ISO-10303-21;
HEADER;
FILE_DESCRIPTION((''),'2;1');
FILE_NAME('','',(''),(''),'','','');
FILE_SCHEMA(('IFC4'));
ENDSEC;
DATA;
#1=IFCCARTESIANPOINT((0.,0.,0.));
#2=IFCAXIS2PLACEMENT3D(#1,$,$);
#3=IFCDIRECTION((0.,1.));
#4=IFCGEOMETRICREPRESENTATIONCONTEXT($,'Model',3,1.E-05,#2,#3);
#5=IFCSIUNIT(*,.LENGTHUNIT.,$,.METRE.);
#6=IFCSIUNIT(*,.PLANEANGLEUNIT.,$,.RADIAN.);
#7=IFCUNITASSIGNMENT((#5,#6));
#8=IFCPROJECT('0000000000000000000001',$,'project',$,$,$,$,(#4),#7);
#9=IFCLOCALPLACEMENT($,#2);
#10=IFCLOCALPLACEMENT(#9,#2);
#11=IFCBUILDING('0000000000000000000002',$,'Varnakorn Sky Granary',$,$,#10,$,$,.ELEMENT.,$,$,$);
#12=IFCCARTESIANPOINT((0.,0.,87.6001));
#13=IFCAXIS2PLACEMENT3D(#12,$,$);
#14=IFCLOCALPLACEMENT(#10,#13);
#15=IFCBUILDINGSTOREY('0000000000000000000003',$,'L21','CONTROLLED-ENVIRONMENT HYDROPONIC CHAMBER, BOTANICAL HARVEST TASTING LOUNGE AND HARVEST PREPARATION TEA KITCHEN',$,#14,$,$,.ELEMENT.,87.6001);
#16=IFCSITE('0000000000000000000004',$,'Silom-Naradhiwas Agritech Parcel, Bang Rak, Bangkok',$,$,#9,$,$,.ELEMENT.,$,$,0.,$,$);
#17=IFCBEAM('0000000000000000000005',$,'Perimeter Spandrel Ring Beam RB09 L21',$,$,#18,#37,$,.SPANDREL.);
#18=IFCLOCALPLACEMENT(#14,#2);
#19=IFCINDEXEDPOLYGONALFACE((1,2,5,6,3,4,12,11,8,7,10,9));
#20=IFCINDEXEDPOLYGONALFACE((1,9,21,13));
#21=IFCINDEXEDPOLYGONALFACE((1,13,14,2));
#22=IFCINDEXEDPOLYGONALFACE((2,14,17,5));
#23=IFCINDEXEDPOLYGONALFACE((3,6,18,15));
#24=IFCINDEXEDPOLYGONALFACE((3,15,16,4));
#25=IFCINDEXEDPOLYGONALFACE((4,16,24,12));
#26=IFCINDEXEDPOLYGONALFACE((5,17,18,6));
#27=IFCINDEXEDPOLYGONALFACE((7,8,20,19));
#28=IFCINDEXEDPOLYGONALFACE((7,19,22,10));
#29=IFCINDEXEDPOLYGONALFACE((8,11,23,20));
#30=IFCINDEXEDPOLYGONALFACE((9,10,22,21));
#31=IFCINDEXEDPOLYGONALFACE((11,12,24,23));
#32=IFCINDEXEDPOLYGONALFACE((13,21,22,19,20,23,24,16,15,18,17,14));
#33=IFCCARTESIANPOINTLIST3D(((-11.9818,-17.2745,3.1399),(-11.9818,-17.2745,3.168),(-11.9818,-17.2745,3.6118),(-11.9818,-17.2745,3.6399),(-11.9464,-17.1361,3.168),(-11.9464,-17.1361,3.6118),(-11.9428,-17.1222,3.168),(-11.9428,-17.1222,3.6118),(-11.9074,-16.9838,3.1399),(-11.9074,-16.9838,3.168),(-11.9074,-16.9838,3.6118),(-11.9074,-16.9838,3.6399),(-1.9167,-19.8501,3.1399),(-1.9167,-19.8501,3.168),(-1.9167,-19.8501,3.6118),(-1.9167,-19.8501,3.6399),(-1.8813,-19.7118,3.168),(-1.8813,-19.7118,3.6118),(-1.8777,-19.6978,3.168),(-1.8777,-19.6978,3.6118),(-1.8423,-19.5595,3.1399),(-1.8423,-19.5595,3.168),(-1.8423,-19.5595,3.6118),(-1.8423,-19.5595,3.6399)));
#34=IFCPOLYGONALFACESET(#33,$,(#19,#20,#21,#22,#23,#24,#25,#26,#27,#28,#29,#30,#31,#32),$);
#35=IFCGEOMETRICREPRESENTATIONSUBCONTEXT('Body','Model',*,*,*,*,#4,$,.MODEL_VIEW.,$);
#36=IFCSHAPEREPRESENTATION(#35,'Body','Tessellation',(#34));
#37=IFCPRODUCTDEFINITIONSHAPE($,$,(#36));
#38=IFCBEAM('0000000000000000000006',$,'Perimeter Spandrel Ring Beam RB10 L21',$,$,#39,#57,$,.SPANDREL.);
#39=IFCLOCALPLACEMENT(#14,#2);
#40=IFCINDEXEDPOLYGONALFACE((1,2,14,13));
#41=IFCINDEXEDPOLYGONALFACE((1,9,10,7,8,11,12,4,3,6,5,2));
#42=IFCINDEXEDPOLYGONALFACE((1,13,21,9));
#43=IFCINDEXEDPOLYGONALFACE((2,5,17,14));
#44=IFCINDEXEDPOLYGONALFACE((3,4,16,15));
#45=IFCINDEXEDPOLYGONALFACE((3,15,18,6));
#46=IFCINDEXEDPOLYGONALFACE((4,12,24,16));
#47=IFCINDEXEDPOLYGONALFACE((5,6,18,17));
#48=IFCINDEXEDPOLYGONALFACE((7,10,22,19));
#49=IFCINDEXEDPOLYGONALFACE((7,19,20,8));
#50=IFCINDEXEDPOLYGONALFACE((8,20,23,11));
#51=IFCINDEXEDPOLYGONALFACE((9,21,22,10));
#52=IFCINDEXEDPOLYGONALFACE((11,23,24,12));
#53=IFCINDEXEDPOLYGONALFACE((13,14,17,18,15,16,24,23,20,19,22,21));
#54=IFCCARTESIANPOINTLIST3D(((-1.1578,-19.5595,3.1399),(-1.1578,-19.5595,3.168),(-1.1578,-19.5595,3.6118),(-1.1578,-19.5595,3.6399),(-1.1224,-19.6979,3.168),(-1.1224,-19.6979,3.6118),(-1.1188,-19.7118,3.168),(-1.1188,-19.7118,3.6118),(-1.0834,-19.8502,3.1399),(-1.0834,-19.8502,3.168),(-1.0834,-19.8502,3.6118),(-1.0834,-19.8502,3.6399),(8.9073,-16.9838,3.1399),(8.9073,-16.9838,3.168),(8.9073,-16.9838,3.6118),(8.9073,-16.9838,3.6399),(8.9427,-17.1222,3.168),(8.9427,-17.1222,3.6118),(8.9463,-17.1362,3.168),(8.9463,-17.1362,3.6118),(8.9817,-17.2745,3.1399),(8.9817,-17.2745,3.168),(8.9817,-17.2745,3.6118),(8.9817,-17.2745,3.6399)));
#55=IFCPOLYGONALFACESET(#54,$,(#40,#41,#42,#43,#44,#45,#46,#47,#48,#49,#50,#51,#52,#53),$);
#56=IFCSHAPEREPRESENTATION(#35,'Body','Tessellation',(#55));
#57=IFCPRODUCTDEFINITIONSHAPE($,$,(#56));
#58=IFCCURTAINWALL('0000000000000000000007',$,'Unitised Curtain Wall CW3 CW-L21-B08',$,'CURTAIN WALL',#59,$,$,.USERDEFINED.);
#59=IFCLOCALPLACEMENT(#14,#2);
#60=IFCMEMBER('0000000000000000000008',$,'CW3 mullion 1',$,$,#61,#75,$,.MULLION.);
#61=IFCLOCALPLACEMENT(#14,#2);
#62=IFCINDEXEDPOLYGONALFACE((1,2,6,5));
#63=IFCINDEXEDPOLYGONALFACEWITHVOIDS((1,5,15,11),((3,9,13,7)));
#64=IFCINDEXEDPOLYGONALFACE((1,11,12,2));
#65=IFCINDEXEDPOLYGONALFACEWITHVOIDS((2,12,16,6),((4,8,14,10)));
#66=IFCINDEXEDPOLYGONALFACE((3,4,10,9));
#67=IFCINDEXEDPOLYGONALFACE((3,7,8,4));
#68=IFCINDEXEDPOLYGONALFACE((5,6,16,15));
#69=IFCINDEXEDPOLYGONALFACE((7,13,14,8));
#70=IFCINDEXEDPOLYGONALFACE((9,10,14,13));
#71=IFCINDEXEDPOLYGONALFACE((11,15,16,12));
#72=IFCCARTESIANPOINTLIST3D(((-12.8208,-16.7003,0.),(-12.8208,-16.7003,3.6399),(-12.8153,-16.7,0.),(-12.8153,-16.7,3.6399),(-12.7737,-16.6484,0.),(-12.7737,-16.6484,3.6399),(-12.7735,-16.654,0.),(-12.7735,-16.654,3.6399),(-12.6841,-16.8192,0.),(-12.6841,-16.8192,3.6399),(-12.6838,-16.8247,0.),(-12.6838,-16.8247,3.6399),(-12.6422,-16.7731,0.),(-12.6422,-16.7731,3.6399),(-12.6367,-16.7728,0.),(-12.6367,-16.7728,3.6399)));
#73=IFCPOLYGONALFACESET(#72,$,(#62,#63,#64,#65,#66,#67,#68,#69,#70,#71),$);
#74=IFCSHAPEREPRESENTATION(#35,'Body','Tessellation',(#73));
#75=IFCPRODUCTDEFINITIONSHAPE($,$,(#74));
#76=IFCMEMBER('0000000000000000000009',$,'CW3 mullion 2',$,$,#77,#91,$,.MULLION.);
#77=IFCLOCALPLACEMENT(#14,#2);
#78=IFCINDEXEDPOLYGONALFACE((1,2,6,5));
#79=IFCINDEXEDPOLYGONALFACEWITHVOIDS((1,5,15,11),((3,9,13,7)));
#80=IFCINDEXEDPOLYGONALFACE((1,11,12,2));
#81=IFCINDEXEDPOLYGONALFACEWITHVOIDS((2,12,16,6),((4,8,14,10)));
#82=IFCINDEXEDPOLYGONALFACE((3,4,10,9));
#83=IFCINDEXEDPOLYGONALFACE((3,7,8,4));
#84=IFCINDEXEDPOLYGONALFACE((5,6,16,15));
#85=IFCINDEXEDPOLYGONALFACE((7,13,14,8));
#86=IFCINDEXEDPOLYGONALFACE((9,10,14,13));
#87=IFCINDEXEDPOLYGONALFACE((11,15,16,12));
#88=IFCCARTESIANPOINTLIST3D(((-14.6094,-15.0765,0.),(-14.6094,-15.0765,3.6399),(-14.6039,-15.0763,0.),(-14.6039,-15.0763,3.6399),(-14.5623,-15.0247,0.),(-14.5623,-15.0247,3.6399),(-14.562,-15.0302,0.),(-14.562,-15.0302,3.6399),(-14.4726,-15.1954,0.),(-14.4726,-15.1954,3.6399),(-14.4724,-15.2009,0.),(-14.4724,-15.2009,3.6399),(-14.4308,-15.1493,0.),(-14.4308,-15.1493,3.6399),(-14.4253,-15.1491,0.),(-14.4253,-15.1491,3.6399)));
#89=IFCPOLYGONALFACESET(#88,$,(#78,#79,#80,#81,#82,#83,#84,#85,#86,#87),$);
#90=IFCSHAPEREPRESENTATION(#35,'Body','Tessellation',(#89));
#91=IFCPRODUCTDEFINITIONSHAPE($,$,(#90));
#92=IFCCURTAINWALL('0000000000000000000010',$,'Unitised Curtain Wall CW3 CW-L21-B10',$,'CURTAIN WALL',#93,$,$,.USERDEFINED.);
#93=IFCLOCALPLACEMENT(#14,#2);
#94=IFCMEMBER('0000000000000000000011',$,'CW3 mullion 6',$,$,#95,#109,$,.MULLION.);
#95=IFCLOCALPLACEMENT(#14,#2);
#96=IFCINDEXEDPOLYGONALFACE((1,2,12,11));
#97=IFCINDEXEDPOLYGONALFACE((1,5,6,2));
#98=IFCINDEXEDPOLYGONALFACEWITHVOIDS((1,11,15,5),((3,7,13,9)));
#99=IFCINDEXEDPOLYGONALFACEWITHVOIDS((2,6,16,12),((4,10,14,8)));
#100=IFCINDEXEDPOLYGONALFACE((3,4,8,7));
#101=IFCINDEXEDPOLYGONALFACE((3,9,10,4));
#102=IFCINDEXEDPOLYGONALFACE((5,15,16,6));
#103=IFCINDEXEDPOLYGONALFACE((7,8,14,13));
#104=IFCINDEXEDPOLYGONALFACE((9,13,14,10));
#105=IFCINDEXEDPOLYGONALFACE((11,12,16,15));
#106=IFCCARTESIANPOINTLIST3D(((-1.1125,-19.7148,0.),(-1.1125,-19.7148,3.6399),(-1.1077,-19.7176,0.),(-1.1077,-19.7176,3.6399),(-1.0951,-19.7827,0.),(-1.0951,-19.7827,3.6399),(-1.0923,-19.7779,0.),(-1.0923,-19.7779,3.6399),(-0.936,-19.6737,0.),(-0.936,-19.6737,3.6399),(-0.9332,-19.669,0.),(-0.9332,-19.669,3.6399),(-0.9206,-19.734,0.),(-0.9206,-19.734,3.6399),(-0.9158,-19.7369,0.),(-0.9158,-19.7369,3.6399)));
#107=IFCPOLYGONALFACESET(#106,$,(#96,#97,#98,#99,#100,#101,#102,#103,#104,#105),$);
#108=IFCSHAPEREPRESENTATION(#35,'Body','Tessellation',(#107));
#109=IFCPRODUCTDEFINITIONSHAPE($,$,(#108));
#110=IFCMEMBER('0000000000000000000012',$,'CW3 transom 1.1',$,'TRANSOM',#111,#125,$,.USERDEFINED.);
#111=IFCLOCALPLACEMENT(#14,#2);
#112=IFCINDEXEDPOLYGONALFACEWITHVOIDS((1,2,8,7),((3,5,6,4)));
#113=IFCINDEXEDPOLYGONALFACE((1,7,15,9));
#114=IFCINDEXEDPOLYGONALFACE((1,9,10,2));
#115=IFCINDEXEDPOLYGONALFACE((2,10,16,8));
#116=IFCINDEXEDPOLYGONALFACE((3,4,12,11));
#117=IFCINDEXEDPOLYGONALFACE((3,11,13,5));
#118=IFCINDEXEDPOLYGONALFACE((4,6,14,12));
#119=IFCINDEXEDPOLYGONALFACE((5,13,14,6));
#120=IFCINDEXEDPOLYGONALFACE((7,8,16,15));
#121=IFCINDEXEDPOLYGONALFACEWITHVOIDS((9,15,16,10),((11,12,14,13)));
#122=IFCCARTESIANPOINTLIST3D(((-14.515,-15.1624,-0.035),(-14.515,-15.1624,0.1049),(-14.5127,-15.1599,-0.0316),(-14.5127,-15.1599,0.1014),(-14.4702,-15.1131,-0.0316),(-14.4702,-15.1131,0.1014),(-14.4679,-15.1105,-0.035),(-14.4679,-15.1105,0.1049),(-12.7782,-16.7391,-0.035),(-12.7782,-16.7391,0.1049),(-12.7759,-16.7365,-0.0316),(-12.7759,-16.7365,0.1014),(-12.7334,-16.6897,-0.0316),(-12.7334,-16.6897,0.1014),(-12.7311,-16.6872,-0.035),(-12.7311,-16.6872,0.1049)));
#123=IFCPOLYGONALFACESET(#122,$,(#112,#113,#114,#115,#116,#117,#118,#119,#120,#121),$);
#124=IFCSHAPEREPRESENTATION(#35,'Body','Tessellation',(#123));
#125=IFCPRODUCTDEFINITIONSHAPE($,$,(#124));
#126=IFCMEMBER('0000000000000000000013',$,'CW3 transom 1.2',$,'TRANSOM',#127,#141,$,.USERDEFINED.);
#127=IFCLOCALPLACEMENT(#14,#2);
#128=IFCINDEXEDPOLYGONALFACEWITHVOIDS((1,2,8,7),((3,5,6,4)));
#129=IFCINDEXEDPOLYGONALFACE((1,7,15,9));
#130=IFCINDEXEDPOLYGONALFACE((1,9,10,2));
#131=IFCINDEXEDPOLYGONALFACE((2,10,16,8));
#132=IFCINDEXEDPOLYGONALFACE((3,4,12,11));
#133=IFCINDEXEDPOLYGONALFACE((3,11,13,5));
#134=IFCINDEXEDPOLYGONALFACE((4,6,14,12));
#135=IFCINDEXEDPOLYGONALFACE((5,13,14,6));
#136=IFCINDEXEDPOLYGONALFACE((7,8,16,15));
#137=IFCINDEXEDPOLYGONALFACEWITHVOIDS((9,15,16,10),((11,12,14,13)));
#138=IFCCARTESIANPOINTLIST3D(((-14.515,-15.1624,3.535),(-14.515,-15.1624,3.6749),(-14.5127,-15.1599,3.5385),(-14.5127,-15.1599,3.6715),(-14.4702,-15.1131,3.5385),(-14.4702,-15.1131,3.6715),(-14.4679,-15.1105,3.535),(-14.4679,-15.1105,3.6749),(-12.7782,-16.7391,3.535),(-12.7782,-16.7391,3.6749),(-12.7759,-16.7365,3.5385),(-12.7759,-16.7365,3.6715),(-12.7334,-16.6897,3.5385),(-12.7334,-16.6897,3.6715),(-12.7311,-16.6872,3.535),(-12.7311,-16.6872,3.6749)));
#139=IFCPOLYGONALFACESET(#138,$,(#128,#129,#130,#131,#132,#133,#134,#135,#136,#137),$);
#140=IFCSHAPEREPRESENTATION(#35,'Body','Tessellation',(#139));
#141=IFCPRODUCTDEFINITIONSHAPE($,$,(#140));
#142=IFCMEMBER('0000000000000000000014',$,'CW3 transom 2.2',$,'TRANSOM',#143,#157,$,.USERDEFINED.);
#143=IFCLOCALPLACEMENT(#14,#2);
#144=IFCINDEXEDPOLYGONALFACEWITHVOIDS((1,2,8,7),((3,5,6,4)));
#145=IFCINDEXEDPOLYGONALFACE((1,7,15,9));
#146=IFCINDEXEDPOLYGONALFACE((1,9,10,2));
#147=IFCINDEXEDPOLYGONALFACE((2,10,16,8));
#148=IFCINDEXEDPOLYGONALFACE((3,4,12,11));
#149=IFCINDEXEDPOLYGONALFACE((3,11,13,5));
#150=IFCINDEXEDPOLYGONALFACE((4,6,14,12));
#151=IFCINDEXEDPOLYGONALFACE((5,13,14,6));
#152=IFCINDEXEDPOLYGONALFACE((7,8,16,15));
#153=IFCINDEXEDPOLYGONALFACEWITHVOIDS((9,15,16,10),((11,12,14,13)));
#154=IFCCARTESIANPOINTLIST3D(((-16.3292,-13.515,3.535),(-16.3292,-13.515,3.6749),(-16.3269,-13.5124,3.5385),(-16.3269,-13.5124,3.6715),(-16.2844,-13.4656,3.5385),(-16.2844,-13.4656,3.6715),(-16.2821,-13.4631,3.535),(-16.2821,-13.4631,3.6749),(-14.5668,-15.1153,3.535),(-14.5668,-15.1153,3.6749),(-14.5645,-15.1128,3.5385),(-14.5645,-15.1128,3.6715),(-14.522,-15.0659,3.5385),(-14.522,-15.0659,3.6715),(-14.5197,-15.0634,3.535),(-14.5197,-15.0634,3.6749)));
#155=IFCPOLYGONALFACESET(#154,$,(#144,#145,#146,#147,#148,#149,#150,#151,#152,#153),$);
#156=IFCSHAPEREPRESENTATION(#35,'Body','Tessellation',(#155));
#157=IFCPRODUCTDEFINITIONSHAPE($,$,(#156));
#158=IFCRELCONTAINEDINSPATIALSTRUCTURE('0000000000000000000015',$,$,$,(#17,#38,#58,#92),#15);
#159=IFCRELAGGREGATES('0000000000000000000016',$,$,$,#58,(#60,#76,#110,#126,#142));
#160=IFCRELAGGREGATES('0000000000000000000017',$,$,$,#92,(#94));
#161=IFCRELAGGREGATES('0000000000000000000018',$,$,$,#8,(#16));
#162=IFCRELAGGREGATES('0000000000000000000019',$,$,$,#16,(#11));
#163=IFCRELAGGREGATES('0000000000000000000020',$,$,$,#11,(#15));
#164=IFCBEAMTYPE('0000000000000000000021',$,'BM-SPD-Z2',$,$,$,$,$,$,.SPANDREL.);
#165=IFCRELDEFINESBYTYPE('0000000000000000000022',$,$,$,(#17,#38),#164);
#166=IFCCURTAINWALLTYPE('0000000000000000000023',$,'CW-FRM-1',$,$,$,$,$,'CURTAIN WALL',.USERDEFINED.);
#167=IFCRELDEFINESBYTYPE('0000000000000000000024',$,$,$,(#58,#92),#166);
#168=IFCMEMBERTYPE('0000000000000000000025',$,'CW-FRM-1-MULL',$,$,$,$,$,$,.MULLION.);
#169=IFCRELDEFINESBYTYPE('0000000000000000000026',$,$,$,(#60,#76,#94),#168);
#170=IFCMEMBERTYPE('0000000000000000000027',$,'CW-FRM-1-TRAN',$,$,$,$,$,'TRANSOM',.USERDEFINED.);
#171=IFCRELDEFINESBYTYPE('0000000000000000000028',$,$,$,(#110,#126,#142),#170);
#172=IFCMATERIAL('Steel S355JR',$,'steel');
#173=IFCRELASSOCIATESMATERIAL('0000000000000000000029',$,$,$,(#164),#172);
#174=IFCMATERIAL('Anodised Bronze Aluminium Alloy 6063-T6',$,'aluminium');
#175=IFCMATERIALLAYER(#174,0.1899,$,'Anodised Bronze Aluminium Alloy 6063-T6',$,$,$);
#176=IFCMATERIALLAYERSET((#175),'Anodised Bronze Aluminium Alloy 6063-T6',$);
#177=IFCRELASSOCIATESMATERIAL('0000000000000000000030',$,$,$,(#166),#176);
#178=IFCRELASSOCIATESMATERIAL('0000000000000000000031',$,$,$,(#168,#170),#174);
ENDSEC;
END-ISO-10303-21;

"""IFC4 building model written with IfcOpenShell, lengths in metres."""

from ifc_helpers import new_model, si_unit, direction, frame, origin, origin_2d, place, context, subcontext, project, spatial, hollow_rectangle, i_section, extrude, material, layer, layer_set, material_profile, profile_set, type_object, element, aggregate, save


model = new_model("IFC4")

# Units and contexts
model_context = context("Model", 3, precision=1e-05, world=origin(), true_north=direction((0.0, 1.0)))
body_context = subcontext(model_context, "Body", "Model", "MODEL_VIEW")
ifc_project = project(units=[si_unit("LENGTHUNIT", "METRE"), si_unit("PLANEANGLEUNIT", "RADIAN")], contexts=[model_context])

# Site, building, storey
site_placement = place(None, origin())
site = spatial("IfcSite", under=ifc_project, at=site_placement, Name="Silom-Naradhiwas Agritech Parcel, Bang Rak, Bangkok", CompositionType="ELEMENT", RefElevation=0.0)
building_placement = place(site_placement, origin())
building = spatial("IfcBuilding", under=site, at=building_placement, Name="Varnakorn Sky Granary", CompositionType="ELEMENT")
storey_placement = place(building_placement, frame((0.0, 0.0, 87.6001)))
storey = spatial("IfcBuildingStorey", under=building, at=storey_placement, Name="L21", Description="CONTROLLED-ENVIRONMENT HYDROPONIC CHAMBER, BOTANICAL HARVEST TASTING LOUNGE AND HARVEST PREPARATION TEA KITCHEN", CompositionType="ELEMENT", Elevation=87.6001)

# Beams
ifc_material_1 = material(Name="Steel S355JR", Category="steel")
ifc_material_profile_1 = material_profile(ifc_material_1, i_section(OverallWidth=0.3, OverallDepth=0.5, WebThickness=0.0144, FlangeThickness=0.0281, at=origin_2d()), Name="HE 500 B")
ifc_profile_set_1 = profile_set([ifc_material_profile_1], Name="Steel S355JR")
beam_type_1 = type_object("IfcBeamType", Name="BM-SPD-Z2", PredefinedType="SPANDREL", material=ifc_profile_set_1)
for number, where, z_axis, x_axis, name in (
    (1, (-11.9446, -17.1292, 3.3899), (0.968783, -0.247912, 0.0), (0.247912, 0.968783, 0.0), "Perimeter Spandrel Ring Beam RB09 L21"),
    (2, (-1.1206, -19.7048, 3.3899), (0.968783, 0.247912, 0.0), (-0.247912, 0.968783, 0.0), "Perimeter Spandrel Ring Beam RB10 L21"),
):
    element("IfcBeam", number, at=place(storey_placement, frame(where, z_axis=z_axis, x_axis=x_axis)), inside=storey, type_object=beam_type_1, Name=name, PredefinedType="SPANDREL", context=body_context, shape_type="SweptSolid", body=[
        extrude(i_section(OverallWidth=0.3, OverallDepth=0.5, WebThickness=0.0144, FlangeThickness=0.0281, at=origin_2d()), origin(), (0.0, 0.0, 1.0), 10.3894),
    ])

# Curtain wall, members
ifc_material_2 = material(Name="Anodised Bronze Aluminium Alloy 6063-T6", Category="aluminium")
ifc_layer_1 = layer(ifc_material_2, 0.1899, Name="Anodised Bronze Aluminium Alloy 6063-T6")
ifc_layer_set_1 = layer_set([ifc_layer_1], Name="Anodised Bronze Aluminium Alloy 6063-T6")
curtain_wall_type = type_object("IfcCurtainWallType", Name="CW-FRM-1", ElementType="CURTAIN WALL", PredefinedType="USERDEFINED", material=ifc_layer_set_1)
curtain_wall_1_placement = place(storey_placement, origin())
curtain_wall_1 = element("IfcCurtainWall", 3, at=curtain_wall_1_placement, inside=storey, type_object=curtain_wall_type, Name="Unitised Curtain Wall CW3 CW-L21-B08", ObjectType="CURTAIN WALL", PredefinedType="USERDEFINED")
ifc_material_profile_2 = material_profile(ifc_material_2, hollow_rectangle(XDim=0.0701, YDim=0.1851, WallThickness=0.0039, at=origin_2d()), Name="ALU MULL 70x185")
ifc_profile_set_2 = profile_set([ifc_material_profile_2], Name="Anodised Bronze Aluminium Alloy 6063-T6")
member_type_1 = type_object("IfcMemberType", Name="CW-FRM-1-MULL", PredefinedType="MULLION", material=ifc_profile_set_2)
member_1_placement = place(storey_placement, frame((-12.7288, -16.7366, 0.0), z_axis=(0.0, 0.0, 1.0), x_axis=(-0.67219, -0.740378, 0.0)))
member_1 = element("IfcMember", 4, at=member_1_placement, type_object=member_type_1, Name="CW3 mullion 1", PredefinedType="MULLION", context=body_context, shape_type="SweptSolid", body=[
    extrude(hollow_rectangle(XDim=0.0701, YDim=0.1851, WallThickness=0.0039, at=origin_2d()), origin(), (0.0, 0.0, 1.0), 3.6399),
])
member_2_placement = place(storey_placement, frame((-14.5173, -15.1128, 0.0), z_axis=(0.0, 0.0, 1.0), x_axis=(-0.67219, -0.740378, 0.0)))
member_2 = element("IfcMember", 5, at=member_2_placement, type_object=member_type_1, Name="CW3 mullion 2", PredefinedType="MULLION", context=body_context, shape_type="SweptSolid", body=[
    extrude(hollow_rectangle(XDim=0.0701, YDim=0.1851, WallThickness=0.0039, at=origin_2d()), origin(), (0.0, 0.0, 1.0), 3.6399),
])

# Curtain wall, member
curtain_wall_2_placement = place(storey_placement, origin())
curtain_wall_2 = element("IfcCurtainWall", 6, at=curtain_wall_2_placement, inside=storey, type_object=curtain_wall_type, Name="Unitised Curtain Wall CW3 CW-L21-B10", ObjectType="CURTAIN WALL", PredefinedType="USERDEFINED")
member_3_placement = place(storey_placement, frame((-1.0142, -19.7258, 0.0), z_axis=(0.0, 0.0, 1.0), x_axis=(0.247729, -0.968829, 0.0)))
member_3 = element("IfcMember", 7, at=member_3_placement, type_object=member_type_1, Name="CW3 mullion 6", PredefinedType="MULLION", context=body_context, shape_type="SweptSolid", body=[
    extrude(hollow_rectangle(XDim=0.0701, YDim=0.1851, WallThickness=0.0039, at=origin_2d()), origin(), (0.0, 0.0, 1.0), 3.6399),
])

# Members
ifc_material_profile_3 = material_profile(ifc_material_2, hollow_rectangle(XDim=0.0701, YDim=0.1399, WallThickness=0.0034, at=origin_2d()), Name="ALU TRAN 70x140")
ifc_profile_set_3 = profile_set([ifc_material_profile_3], Name="Anodised Bronze Aluminium Alloy 6063-T6")
member_type_2 = type_object("IfcMemberType", Name="CW-FRM-1-TRAN", ElementType="TRANSOM", PredefinedType="USERDEFINED", material=ifc_profile_set_3)
member_4_placement = place(storey_placement, frame((-12.7546, -16.7131, 0.0349), z_axis=(-0.74042, 0.672144, 0.0), x_axis=(-0.672144, -0.74042, 0.0)))
member_4 = element("IfcMember", 8, at=member_4_placement, type_object=member_type_2, Name="CW3 transom 1.1", ObjectType="TRANSOM", PredefinedType="USERDEFINED", context=body_context, shape_type="SweptSolid", body=[
    extrude(hollow_rectangle(XDim=0.0701, YDim=0.1399, WallThickness=0.0034, at=origin_2d()), origin(), (0.0, 0.0, 1.0), 2.3457),
])
member_5_placement = place(storey_placement, frame((-12.7546, -16.7131, 3.605), z_axis=(-0.74042, 0.672144, 0.0), x_axis=(-0.672144, -0.74042, 0.0)))
member_5 = element("IfcMember", 9, at=member_5_placement, type_object=member_type_2, Name="CW3 transom 1.2", ObjectType="TRANSOM", PredefinedType="USERDEFINED", context=body_context, shape_type="SweptSolid", body=[
    extrude(hollow_rectangle(XDim=0.0701, YDim=0.1399, WallThickness=0.0034, at=origin_2d()), origin(), (0.0, 0.0, 1.0), 2.3457),
])
member_6_placement = place(storey_placement, frame((-14.5432, -15.0894, 3.605), z_axis=(-0.740334, 0.672239, 0.0), x_axis=(-0.672239, -0.740334, 0.0)))
member_6 = element("IfcMember", 10, at=member_6_placement, type_object=member_type_2, Name="CW3 transom 2.2", ObjectType="TRANSOM", PredefinedType="USERDEFINED", context=body_context, shape_type="SweptSolid", body=[
    extrude(hollow_rectangle(XDim=0.0701, YDim=0.1399, WallThickness=0.0034, at=origin_2d()), origin(), (0.0, 0.0, 1.0), 2.3806),
])

aggregate(curtain_wall_1, [member_1, member_2, member_4, member_5, member_6])
aggregate(curtain_wall_2, [member_3])

save(model, "model.ifc")
